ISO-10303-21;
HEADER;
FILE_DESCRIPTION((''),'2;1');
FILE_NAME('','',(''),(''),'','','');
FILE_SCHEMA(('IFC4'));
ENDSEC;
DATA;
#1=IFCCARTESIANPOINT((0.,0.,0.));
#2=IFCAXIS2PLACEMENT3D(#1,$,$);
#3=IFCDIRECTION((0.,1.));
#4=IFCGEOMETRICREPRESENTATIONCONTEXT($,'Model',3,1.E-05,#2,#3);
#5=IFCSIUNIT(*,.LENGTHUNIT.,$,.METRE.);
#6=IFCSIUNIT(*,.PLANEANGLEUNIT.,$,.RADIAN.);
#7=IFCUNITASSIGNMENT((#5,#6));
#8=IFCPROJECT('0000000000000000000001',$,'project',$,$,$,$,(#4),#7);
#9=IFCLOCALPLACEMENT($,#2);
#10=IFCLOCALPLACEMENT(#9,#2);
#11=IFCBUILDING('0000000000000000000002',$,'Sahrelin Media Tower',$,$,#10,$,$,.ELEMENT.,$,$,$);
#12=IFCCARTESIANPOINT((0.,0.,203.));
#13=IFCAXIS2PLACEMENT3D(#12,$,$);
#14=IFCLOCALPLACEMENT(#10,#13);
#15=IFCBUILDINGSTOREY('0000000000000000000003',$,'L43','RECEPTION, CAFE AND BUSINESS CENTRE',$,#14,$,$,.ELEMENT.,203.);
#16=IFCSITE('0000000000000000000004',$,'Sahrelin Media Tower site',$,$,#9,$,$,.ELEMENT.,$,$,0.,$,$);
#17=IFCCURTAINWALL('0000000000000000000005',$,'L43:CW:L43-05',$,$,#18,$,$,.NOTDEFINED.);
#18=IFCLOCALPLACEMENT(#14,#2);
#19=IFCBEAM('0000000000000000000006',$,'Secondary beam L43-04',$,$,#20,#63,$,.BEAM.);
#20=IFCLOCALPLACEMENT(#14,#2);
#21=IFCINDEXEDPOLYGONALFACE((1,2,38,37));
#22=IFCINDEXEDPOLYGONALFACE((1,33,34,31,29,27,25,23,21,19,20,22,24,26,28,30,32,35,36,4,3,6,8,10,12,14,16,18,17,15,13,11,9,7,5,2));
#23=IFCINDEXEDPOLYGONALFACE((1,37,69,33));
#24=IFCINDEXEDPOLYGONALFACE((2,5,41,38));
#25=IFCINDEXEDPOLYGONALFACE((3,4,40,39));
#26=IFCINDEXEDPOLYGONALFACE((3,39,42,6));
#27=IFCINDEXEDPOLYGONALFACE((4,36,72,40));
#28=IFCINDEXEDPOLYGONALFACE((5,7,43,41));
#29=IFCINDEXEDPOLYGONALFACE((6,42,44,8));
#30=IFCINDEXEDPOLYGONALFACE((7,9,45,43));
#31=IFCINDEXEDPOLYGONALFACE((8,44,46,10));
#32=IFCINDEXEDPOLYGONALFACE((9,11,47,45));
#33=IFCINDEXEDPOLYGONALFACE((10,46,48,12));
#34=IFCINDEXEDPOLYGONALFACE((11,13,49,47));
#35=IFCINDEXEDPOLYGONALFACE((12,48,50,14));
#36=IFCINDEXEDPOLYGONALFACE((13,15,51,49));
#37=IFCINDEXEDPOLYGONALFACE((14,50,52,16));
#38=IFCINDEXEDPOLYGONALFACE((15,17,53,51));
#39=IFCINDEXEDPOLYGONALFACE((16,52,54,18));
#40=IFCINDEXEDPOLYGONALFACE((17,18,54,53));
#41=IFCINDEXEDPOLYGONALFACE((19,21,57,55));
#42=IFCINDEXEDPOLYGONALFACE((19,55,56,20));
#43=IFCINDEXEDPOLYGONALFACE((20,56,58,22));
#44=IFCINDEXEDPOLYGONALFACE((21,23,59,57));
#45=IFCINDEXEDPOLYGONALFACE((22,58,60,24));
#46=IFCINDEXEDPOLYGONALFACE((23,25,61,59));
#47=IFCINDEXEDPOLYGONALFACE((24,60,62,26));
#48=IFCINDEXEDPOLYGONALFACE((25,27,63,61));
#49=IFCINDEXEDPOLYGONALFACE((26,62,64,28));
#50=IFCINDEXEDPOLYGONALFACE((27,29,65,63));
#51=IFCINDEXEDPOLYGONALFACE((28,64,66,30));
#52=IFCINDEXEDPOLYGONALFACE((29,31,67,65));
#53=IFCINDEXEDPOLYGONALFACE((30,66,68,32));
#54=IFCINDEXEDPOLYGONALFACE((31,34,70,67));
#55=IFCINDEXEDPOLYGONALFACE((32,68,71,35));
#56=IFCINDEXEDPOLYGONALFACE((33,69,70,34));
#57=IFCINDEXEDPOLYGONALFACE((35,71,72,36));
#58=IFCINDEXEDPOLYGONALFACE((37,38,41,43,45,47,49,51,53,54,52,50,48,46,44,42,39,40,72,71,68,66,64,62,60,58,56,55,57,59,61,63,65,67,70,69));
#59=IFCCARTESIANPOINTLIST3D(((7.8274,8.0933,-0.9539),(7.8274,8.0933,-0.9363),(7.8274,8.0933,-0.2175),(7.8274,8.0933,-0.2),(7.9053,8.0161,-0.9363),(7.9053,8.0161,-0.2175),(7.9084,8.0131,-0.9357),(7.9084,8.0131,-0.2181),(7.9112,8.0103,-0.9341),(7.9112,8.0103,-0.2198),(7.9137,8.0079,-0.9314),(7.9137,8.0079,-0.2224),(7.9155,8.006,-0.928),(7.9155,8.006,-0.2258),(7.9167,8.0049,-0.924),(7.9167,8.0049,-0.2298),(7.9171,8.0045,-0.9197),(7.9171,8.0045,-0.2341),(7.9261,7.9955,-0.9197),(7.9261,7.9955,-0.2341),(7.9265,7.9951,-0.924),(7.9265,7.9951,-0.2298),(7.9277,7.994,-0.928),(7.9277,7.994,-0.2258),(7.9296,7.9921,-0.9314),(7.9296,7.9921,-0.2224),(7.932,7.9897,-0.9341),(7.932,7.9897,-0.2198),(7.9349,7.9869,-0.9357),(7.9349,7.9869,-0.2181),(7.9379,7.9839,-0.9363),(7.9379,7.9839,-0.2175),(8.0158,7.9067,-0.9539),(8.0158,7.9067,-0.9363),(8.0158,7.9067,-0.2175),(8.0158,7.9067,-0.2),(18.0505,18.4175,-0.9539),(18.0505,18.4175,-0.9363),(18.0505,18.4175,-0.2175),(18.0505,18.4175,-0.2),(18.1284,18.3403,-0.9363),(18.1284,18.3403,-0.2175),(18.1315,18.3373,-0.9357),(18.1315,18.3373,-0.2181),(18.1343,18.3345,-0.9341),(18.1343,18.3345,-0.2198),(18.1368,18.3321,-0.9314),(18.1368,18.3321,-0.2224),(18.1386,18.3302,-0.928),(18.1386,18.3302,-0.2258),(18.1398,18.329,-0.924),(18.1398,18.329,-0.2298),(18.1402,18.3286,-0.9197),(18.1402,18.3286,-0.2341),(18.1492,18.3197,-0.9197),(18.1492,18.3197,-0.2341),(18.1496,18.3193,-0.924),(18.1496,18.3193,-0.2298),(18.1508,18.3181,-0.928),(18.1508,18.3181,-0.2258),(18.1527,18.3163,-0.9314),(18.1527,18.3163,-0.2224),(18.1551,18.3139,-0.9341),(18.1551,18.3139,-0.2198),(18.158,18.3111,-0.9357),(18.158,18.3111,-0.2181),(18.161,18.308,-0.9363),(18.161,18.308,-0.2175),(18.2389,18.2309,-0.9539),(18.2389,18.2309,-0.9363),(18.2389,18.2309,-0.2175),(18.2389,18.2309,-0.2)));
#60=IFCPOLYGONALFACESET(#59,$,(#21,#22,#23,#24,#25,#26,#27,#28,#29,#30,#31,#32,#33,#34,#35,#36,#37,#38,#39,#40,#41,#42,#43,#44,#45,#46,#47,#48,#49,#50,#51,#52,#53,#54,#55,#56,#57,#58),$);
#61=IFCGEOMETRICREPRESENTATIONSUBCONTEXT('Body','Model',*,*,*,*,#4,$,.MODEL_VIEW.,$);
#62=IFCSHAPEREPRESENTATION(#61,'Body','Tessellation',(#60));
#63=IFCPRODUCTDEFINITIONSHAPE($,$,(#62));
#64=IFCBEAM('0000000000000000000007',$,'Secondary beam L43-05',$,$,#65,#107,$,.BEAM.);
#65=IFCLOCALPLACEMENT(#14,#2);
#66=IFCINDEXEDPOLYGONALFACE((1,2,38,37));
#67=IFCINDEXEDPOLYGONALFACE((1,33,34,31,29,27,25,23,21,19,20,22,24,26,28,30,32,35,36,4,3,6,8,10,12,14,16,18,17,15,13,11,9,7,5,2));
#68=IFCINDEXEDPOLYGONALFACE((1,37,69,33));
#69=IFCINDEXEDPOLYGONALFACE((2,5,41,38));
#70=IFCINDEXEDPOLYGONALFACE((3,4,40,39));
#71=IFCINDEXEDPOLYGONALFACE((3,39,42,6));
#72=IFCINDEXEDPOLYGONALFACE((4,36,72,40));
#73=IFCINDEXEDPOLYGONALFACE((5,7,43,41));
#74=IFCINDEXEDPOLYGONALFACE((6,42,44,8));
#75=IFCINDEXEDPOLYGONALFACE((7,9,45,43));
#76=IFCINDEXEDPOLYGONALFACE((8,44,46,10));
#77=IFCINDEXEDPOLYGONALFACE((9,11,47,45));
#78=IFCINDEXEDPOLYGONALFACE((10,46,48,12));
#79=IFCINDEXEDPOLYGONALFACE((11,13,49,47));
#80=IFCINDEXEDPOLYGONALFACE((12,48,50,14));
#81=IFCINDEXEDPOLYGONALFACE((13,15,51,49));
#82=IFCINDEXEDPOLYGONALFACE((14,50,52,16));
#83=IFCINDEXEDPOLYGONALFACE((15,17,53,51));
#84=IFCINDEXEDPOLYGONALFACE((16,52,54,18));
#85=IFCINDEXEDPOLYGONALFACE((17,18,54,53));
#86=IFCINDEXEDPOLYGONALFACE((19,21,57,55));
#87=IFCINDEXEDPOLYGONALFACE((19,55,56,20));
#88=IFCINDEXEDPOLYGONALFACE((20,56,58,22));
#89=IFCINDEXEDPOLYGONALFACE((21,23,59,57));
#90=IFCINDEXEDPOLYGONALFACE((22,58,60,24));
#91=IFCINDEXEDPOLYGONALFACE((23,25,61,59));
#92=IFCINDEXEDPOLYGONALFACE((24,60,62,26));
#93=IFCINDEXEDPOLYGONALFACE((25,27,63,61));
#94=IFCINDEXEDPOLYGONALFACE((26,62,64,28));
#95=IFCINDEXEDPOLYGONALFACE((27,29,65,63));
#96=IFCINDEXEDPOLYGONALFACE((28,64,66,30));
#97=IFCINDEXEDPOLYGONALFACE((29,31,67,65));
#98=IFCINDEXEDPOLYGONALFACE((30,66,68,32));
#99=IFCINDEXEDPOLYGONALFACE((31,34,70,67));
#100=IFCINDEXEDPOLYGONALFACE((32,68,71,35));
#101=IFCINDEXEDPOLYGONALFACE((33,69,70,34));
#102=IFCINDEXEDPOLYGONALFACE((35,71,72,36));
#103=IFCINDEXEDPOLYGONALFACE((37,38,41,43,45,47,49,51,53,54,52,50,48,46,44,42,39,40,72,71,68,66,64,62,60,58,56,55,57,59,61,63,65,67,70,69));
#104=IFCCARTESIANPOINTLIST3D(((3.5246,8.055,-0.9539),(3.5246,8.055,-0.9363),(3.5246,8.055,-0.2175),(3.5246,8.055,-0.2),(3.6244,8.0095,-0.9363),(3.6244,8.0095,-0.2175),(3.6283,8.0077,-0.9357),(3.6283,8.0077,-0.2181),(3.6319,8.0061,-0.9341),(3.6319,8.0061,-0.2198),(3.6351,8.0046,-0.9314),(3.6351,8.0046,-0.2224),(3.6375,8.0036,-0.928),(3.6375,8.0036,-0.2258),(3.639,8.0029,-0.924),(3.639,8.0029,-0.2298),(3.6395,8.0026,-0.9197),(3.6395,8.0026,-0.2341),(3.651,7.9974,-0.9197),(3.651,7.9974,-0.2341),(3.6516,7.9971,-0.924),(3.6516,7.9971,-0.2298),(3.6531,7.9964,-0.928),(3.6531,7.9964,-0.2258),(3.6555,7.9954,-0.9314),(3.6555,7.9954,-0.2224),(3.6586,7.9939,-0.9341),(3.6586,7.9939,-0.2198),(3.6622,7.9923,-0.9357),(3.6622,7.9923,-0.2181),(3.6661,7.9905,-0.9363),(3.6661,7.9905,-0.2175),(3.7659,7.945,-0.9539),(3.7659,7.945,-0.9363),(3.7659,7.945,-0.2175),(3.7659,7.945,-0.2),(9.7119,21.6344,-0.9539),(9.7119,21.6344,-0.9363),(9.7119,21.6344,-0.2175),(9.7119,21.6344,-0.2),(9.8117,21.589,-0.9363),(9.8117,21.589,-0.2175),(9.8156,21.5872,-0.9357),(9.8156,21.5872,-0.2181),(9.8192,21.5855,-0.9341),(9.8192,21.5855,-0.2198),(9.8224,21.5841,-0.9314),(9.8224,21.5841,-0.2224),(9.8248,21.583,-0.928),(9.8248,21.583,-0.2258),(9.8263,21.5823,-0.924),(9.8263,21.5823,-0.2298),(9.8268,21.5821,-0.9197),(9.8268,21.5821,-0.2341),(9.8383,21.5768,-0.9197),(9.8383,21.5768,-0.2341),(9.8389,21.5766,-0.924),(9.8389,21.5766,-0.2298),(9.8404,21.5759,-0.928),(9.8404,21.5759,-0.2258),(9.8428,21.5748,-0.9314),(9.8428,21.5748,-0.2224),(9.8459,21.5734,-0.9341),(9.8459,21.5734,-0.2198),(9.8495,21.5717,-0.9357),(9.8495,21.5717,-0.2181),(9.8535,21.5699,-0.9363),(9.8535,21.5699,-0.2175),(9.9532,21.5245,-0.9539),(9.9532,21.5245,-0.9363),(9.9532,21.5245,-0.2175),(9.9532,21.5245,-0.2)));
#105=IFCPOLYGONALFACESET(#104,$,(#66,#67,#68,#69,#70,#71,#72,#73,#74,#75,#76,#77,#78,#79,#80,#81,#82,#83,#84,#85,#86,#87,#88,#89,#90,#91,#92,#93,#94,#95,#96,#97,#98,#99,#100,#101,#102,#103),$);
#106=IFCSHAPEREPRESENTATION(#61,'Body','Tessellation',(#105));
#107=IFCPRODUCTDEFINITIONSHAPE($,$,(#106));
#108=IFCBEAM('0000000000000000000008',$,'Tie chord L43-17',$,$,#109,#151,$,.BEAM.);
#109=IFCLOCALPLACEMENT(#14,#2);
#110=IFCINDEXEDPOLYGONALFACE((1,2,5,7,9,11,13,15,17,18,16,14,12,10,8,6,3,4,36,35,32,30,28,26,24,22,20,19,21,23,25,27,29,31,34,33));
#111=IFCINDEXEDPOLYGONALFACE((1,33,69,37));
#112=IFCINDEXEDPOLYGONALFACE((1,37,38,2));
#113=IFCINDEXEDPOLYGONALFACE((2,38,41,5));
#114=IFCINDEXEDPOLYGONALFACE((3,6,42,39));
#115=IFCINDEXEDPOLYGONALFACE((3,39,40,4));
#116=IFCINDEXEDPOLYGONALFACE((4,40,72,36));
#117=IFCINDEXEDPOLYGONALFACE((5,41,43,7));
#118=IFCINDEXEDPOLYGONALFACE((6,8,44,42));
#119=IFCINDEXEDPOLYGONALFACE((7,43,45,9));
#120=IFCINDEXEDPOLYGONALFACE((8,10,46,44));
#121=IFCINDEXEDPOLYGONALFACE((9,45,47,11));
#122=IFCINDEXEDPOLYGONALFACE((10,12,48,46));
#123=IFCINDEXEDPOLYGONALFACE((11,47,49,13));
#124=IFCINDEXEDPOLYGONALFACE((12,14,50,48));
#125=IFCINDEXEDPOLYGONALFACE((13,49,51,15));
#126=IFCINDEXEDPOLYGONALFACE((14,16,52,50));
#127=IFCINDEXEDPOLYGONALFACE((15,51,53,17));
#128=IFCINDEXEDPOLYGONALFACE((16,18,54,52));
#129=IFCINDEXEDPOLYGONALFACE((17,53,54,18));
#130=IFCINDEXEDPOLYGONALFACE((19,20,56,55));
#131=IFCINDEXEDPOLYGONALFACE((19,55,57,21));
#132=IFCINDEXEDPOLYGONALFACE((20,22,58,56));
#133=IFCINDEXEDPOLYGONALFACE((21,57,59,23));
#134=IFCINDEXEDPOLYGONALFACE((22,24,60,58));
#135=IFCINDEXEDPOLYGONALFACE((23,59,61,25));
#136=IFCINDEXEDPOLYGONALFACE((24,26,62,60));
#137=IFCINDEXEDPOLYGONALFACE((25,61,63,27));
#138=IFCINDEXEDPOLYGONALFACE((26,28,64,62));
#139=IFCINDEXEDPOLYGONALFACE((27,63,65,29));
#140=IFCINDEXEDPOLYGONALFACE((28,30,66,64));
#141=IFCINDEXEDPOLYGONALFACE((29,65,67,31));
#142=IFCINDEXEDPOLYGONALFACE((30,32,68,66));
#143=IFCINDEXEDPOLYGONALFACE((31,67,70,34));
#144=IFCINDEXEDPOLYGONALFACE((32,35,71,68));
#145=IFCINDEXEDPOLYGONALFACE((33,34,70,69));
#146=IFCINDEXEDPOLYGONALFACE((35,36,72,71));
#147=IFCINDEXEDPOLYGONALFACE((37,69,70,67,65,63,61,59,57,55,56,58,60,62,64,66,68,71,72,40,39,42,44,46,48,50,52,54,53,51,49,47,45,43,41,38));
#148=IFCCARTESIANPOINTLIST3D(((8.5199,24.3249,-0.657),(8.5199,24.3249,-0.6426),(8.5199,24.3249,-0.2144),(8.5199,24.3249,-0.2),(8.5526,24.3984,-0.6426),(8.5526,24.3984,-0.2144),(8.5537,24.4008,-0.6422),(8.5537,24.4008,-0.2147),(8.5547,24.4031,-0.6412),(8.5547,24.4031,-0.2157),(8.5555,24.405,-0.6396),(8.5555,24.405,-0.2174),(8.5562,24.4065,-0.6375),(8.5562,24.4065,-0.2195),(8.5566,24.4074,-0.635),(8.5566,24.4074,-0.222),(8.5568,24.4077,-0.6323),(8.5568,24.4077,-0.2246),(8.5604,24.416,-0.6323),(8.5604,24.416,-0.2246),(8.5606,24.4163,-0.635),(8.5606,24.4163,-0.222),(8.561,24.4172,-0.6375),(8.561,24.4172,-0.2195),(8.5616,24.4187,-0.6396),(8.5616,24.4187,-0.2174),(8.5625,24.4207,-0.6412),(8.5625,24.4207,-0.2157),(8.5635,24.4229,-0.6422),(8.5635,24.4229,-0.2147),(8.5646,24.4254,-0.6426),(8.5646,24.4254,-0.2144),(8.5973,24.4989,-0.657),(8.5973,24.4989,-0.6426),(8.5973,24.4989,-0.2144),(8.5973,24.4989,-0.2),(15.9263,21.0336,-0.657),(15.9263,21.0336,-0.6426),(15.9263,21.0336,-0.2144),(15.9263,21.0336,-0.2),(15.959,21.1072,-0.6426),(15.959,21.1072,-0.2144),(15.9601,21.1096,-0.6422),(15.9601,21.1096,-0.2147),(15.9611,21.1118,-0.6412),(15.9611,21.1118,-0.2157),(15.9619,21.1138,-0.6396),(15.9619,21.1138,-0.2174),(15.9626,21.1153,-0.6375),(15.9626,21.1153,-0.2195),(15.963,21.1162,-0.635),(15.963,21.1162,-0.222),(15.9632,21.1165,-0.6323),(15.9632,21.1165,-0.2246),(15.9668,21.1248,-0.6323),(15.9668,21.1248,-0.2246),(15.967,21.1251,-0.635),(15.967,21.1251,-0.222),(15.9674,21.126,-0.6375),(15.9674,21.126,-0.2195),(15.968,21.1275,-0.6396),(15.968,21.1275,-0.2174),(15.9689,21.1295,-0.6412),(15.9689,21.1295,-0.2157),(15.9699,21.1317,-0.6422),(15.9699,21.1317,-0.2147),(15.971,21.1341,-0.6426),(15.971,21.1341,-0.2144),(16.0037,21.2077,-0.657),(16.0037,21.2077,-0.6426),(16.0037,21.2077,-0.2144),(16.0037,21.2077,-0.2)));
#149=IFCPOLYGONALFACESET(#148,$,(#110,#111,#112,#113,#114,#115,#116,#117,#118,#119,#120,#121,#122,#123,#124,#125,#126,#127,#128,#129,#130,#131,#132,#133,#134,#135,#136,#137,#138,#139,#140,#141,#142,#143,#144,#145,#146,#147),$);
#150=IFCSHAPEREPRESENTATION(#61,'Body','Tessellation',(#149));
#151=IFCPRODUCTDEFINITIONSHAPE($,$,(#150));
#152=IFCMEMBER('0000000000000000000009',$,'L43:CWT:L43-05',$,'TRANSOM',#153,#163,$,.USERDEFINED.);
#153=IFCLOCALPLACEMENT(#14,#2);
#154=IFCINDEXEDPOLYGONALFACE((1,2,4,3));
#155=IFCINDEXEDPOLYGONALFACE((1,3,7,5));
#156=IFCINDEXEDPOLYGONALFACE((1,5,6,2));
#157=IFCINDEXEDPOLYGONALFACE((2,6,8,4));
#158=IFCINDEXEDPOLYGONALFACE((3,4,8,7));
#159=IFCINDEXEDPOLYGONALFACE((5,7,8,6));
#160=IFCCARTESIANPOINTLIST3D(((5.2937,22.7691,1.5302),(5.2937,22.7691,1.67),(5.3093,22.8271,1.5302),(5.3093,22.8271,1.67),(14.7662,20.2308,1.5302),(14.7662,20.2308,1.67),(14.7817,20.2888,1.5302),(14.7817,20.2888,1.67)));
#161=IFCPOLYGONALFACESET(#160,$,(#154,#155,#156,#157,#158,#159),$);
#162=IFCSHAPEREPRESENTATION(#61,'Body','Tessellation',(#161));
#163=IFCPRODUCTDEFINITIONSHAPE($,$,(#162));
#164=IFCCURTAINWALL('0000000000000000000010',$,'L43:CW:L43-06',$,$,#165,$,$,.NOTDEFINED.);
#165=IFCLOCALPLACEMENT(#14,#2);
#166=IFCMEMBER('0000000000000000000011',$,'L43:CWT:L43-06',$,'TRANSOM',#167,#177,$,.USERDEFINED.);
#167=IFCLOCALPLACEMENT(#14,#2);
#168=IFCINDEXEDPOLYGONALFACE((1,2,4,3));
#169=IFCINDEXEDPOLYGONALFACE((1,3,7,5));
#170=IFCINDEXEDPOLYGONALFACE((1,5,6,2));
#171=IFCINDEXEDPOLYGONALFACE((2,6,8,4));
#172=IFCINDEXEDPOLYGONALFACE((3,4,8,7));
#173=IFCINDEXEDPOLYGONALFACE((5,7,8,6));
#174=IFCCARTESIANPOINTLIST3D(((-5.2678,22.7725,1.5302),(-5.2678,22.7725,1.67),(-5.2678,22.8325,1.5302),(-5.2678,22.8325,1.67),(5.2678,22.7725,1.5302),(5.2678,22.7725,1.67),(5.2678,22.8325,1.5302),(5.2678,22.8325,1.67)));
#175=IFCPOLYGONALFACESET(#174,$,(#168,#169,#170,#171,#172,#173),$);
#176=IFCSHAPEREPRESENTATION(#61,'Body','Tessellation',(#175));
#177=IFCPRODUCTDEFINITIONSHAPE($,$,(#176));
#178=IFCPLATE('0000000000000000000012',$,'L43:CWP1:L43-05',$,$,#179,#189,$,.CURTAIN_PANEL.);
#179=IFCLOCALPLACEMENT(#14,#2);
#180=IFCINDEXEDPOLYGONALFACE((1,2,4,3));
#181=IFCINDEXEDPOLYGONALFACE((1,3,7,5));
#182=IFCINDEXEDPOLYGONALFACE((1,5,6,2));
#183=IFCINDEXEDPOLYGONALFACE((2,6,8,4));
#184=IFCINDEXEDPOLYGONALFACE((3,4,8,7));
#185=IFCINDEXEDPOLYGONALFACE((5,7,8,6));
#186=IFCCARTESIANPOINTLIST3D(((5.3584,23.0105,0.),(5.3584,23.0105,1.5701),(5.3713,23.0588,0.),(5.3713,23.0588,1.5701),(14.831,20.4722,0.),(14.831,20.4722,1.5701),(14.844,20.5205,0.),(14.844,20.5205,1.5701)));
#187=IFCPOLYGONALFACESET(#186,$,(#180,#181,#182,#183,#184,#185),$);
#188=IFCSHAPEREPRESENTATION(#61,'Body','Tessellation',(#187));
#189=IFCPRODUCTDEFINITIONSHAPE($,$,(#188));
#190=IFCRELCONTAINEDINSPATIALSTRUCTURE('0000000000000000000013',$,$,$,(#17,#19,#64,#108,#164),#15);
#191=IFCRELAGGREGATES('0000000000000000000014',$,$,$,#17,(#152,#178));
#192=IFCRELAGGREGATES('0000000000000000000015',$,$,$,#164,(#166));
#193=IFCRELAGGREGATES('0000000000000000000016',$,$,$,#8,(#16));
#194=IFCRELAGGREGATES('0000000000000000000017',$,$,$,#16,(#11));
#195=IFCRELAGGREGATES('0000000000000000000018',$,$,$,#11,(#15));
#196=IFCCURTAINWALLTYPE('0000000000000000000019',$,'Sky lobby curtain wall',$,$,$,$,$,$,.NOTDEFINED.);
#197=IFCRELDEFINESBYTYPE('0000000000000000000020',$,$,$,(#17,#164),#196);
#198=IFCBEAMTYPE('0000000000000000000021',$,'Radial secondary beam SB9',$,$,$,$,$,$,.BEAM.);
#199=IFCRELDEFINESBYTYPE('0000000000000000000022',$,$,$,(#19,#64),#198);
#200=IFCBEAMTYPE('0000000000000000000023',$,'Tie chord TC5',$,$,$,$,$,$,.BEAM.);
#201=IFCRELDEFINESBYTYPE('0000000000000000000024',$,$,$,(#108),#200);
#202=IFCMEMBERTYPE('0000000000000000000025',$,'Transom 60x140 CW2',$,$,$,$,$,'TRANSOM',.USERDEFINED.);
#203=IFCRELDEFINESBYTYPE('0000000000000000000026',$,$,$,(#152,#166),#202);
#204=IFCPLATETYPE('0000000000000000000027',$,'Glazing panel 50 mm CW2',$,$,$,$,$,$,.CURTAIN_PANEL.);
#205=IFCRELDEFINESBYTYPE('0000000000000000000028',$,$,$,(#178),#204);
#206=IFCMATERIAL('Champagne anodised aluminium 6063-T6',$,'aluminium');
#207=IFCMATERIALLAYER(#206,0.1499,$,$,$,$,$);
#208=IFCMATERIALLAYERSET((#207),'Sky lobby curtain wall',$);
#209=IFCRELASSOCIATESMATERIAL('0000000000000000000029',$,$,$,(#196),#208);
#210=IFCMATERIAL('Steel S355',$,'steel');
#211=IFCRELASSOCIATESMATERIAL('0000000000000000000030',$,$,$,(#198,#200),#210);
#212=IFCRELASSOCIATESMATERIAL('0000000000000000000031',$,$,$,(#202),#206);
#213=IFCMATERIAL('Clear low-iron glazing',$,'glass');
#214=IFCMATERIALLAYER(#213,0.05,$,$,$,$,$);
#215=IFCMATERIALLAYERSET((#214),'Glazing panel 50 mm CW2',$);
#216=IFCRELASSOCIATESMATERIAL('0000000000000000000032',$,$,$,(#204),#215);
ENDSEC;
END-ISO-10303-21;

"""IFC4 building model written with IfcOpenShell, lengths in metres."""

from ifc_helpers import new_model, si_unit, direction, frame, origin, origin_2d, place, context, subcontext, project, spatial, polyline, rectangle, i_section, outline, extrude, material, layer, layer_set, material_profile, profile_set, type_object, element, aggregate, save


model = new_model("IFC4")

# Units and contexts
model_context = context("Model", 3, precision=1e-05, world=origin(), true_north=direction((0.0, 1.0)))
body_context = subcontext(model_context, "Body", "Model", "MODEL_VIEW")
ifc_project = project(units=[si_unit("LENGTHUNIT", "METRE"), si_unit("PLANEANGLEUNIT", "RADIAN")], contexts=[model_context])

# Site, building, storey
site_placement = place(None, origin())
site = spatial("IfcSite", under=ifc_project, at=site_placement, Name="Sahrelin Media Tower site", CompositionType="ELEMENT", RefElevation=0.0)
building_placement = place(site_placement, origin())
building = spatial("IfcBuilding", under=site, at=building_placement, Name="Sahrelin Media Tower", CompositionType="ELEMENT")
storey_placement = place(building_placement, frame((0.0, 0.0, 203.0)))
storey = spatial("IfcBuildingStorey", under=building, at=storey_placement, Name="L43", Description="RECEPTION, CAFE AND BUSINESS CENTRE", CompositionType="ELEMENT", Elevation=203.0)

# Shared definitions
ifc_material_1 = material(Name="Steel S355", Category="steel")

# Curtain wall
ifc_material_2 = material(Name="Champagne anodised aluminium 6063-T6", Category="aluminium")
ifc_layer_1 = layer(ifc_material_2, 0.1499)
ifc_layer_set_1 = layer_set([ifc_layer_1], Name="Sky lobby curtain wall")
curtain_wall_type = type_object("IfcCurtainWallType", Name="Sky lobby curtain wall", PredefinedType="NOTDEFINED", material=ifc_layer_set_1)
curtain_wall_1_placement = place(storey_placement, frame((10.1023, 21.7703, 0.0), z_axis=(0.0, 0.0, 1.0), x_axis=(1.0, 0.0, 0.0)))
curtain_wall_1 = element("IfcCurtainWall", 1, at=curtain_wall_1_placement, inside=storey, type_object=curtain_wall_type, Name="L43:CW:L43-05", PredefinedType="NOTDEFINED")

# Beams
ifc_material_profile_1 = material_profile(ifc_material_1, i_section(OverallWidth=0.2651, OverallDepth=0.7539, WebThickness=0.0127, FlangeThickness=0.0176, FilletRadius=0.0166, at=origin_2d()), Name="UB 762x267x147")
ifc_profile_set_1 = profile_set([ifc_material_profile_1], Name="Steel S355")
beam_type_1 = type_object("IfcBeamType", Name="Radial secondary beam SB9", PredefinedType="BEAM", material=ifc_profile_set_1)
beam_1_placement = place(storey_placement, frame((7.9216, 8.0, -0.5769), z_axis=(0.70362, 0.710577, 0.0), x_axis=(-0.710577, 0.70362, 0.0)))
element("IfcBeam", 2, at=beam_1_placement, inside=storey, type_object=beam_type_1, Name="Secondary beam L43-04", PredefinedType="BEAM", context=body_context, shape_type="SweptSolid", body=[
    extrude(i_section(OverallWidth=0.2651, OverallDepth=0.7539, WebThickness=0.0127, FlangeThickness=0.0176, FilletRadius=0.0166, at=origin_2d()), origin(), (0.0, 0.0, 1.0), 14.5293),
])
beam_2_placement = place(storey_placement, frame((3.6453, 8.0, -0.5769), z_axis=(0.414626, 0.909992, 0.0), x_axis=(-0.909992, 0.414626, 0.0)))
element("IfcBeam", 3, at=beam_2_placement, inside=storey, type_object=beam_type_1, Name="Secondary beam L43-05", PredefinedType="BEAM", context=body_context, shape_type="SweptSolid", body=[
    extrude(i_section(OverallWidth=0.2651, OverallDepth=0.7539, WebThickness=0.0127, FlangeThickness=0.0176, FilletRadius=0.0166, at=origin_2d()), origin(), (0.0, 0.0, 1.0), 14.9226),
])
ifc_material_profile_2 = material_profile(ifc_material_1, i_section(OverallWidth=0.1904, OverallDepth=0.457, WebThickness=0.009, FlangeThickness=0.0144, FilletRadius=0.0103, at=origin_2d()), Name="UB 457x191x74")
ifc_profile_set_2 = profile_set([ifc_material_profile_2], Name="Steel S355")
beam_type_2 = type_object("IfcBeamType", Name="Tie chord TC5", PredefinedType="BEAM", material=ifc_profile_set_2)
beam_3_placement = place(storey_placement, frame((8.5586, 24.4119, -0.4285), z_axis=(0.913835, -0.406085, 0.0), x_axis=(0.406085, 0.913835, 0.0)))
element("IfcBeam", 4, at=beam_3_placement, inside=storey, type_object=beam_type_2, Name="Tie chord L43-17", PredefinedType="BEAM", context=body_context, shape_type="SweptSolid", body=[
    extrude(i_section(OverallWidth=0.1904, OverallDepth=0.457, WebThickness=0.009, FlangeThickness=0.0144, FilletRadius=0.0103, at=origin_2d()), origin(), (0.0, 0.0, 1.0), 8.1047),
])

# Member
ifc_material_profile_3 = material_profile(ifc_material_2, rectangle(XDim=0.0601, YDim=0.1399, at=origin_2d()), Name="Transom 60x140")
ifc_profile_set_3 = profile_set([ifc_material_profile_3], Name="Champagne anodised aluminium 6063-T6")
member_type_1 = type_object("IfcMemberType", Name="Transom 60x140 CW2", ElementType="TRANSOM", PredefinedType="USERDEFINED", material=ifc_profile_set_3)
member_1_placement = place(storey_placement, frame((14.7739, 20.2598, 1.6001), z_axis=(-0.965921, 0.258839, 0.0), x_axis=(-0.258839, -0.965921, 0.0)))
member_1 = element("IfcMember", 5, at=member_1_placement, type_object=member_type_1, Name="L43:CWT:L43-05", ObjectType="TRANSOM", PredefinedType="USERDEFINED", context=body_context, shape_type="SweptSolid", body=[
    extrude(rectangle(XDim=0.0601, YDim=0.1399, at=origin_2d()), origin(), (0.0, 0.0, 1.0), 9.8066),
])

# Curtain wall, member
curtain_wall_2_placement = place(storey_placement, frame((0.0, 23.0525, 0.0), z_axis=(0.0, 0.0, 1.0), x_axis=(1.0, 0.0, 0.0)))
curtain_wall_2 = element("IfcCurtainWall", 6, at=curtain_wall_2_placement, inside=storey, type_object=curtain_wall_type, Name="L43:CW:L43-06", PredefinedType="NOTDEFINED")
member_2_placement = place(storey_placement, frame((5.2678, 22.8025, 1.6001), z_axis=(-1.0, 0.0, 0.0), x_axis=(0.0, -1.0, 0.0)))
member_2 = element("IfcMember", 7, at=member_2_placement, type_object=member_type_1, Name="L43:CWT:L43-06", ObjectType="TRANSOM", PredefinedType="USERDEFINED", context=body_context, shape_type="SweptSolid", body=[
    extrude(rectangle(XDim=0.0601, YDim=0.1399, at=origin_2d()), origin(), (0.0, 0.0, 1.0), 10.5356),
])

# Plate
ifc_material_3 = material(Name="Clear low-iron glazing", Category="glass")
ifc_layer_2 = layer(ifc_material_3, 0.05)
ifc_layer_set_2 = layer_set([ifc_layer_2], Name="Glazing panel 50 mm CW2")
plate_type = type_object("IfcPlateType", Name="Glazing panel 50 mm CW2", PredefinedType="CURTAIN_PANEL", material=ifc_layer_set_2)
plate_1_placement = place(storey_placement, frame((14.844, 20.5205, 0.0), z_axis=(0.258832, 0.965922, 0.0), x_axis=(-0.965922, 0.258832, 0.0)))
plate_1 = element("IfcPlate", 8, at=plate_1_placement, type_object=plate_type, Name="L43:CWP1:L43-05", PredefinedType="CURTAIN_PANEL", context=body_context, shape_type="SweptSolid", body=[
    extrude(outline(polyline([(0.0, 0.0), (9.8069, 0.0), (9.8069, 1.5701), (0.0, 1.5701), (0.0, 0.0)])), origin(), (0.0, 0.0, -1.0), 0.05),
])
aggregate(curtain_wall_1, [member_1, plate_1])
aggregate(curtain_wall_2, [member_2])

save(model, "model.ifc")
